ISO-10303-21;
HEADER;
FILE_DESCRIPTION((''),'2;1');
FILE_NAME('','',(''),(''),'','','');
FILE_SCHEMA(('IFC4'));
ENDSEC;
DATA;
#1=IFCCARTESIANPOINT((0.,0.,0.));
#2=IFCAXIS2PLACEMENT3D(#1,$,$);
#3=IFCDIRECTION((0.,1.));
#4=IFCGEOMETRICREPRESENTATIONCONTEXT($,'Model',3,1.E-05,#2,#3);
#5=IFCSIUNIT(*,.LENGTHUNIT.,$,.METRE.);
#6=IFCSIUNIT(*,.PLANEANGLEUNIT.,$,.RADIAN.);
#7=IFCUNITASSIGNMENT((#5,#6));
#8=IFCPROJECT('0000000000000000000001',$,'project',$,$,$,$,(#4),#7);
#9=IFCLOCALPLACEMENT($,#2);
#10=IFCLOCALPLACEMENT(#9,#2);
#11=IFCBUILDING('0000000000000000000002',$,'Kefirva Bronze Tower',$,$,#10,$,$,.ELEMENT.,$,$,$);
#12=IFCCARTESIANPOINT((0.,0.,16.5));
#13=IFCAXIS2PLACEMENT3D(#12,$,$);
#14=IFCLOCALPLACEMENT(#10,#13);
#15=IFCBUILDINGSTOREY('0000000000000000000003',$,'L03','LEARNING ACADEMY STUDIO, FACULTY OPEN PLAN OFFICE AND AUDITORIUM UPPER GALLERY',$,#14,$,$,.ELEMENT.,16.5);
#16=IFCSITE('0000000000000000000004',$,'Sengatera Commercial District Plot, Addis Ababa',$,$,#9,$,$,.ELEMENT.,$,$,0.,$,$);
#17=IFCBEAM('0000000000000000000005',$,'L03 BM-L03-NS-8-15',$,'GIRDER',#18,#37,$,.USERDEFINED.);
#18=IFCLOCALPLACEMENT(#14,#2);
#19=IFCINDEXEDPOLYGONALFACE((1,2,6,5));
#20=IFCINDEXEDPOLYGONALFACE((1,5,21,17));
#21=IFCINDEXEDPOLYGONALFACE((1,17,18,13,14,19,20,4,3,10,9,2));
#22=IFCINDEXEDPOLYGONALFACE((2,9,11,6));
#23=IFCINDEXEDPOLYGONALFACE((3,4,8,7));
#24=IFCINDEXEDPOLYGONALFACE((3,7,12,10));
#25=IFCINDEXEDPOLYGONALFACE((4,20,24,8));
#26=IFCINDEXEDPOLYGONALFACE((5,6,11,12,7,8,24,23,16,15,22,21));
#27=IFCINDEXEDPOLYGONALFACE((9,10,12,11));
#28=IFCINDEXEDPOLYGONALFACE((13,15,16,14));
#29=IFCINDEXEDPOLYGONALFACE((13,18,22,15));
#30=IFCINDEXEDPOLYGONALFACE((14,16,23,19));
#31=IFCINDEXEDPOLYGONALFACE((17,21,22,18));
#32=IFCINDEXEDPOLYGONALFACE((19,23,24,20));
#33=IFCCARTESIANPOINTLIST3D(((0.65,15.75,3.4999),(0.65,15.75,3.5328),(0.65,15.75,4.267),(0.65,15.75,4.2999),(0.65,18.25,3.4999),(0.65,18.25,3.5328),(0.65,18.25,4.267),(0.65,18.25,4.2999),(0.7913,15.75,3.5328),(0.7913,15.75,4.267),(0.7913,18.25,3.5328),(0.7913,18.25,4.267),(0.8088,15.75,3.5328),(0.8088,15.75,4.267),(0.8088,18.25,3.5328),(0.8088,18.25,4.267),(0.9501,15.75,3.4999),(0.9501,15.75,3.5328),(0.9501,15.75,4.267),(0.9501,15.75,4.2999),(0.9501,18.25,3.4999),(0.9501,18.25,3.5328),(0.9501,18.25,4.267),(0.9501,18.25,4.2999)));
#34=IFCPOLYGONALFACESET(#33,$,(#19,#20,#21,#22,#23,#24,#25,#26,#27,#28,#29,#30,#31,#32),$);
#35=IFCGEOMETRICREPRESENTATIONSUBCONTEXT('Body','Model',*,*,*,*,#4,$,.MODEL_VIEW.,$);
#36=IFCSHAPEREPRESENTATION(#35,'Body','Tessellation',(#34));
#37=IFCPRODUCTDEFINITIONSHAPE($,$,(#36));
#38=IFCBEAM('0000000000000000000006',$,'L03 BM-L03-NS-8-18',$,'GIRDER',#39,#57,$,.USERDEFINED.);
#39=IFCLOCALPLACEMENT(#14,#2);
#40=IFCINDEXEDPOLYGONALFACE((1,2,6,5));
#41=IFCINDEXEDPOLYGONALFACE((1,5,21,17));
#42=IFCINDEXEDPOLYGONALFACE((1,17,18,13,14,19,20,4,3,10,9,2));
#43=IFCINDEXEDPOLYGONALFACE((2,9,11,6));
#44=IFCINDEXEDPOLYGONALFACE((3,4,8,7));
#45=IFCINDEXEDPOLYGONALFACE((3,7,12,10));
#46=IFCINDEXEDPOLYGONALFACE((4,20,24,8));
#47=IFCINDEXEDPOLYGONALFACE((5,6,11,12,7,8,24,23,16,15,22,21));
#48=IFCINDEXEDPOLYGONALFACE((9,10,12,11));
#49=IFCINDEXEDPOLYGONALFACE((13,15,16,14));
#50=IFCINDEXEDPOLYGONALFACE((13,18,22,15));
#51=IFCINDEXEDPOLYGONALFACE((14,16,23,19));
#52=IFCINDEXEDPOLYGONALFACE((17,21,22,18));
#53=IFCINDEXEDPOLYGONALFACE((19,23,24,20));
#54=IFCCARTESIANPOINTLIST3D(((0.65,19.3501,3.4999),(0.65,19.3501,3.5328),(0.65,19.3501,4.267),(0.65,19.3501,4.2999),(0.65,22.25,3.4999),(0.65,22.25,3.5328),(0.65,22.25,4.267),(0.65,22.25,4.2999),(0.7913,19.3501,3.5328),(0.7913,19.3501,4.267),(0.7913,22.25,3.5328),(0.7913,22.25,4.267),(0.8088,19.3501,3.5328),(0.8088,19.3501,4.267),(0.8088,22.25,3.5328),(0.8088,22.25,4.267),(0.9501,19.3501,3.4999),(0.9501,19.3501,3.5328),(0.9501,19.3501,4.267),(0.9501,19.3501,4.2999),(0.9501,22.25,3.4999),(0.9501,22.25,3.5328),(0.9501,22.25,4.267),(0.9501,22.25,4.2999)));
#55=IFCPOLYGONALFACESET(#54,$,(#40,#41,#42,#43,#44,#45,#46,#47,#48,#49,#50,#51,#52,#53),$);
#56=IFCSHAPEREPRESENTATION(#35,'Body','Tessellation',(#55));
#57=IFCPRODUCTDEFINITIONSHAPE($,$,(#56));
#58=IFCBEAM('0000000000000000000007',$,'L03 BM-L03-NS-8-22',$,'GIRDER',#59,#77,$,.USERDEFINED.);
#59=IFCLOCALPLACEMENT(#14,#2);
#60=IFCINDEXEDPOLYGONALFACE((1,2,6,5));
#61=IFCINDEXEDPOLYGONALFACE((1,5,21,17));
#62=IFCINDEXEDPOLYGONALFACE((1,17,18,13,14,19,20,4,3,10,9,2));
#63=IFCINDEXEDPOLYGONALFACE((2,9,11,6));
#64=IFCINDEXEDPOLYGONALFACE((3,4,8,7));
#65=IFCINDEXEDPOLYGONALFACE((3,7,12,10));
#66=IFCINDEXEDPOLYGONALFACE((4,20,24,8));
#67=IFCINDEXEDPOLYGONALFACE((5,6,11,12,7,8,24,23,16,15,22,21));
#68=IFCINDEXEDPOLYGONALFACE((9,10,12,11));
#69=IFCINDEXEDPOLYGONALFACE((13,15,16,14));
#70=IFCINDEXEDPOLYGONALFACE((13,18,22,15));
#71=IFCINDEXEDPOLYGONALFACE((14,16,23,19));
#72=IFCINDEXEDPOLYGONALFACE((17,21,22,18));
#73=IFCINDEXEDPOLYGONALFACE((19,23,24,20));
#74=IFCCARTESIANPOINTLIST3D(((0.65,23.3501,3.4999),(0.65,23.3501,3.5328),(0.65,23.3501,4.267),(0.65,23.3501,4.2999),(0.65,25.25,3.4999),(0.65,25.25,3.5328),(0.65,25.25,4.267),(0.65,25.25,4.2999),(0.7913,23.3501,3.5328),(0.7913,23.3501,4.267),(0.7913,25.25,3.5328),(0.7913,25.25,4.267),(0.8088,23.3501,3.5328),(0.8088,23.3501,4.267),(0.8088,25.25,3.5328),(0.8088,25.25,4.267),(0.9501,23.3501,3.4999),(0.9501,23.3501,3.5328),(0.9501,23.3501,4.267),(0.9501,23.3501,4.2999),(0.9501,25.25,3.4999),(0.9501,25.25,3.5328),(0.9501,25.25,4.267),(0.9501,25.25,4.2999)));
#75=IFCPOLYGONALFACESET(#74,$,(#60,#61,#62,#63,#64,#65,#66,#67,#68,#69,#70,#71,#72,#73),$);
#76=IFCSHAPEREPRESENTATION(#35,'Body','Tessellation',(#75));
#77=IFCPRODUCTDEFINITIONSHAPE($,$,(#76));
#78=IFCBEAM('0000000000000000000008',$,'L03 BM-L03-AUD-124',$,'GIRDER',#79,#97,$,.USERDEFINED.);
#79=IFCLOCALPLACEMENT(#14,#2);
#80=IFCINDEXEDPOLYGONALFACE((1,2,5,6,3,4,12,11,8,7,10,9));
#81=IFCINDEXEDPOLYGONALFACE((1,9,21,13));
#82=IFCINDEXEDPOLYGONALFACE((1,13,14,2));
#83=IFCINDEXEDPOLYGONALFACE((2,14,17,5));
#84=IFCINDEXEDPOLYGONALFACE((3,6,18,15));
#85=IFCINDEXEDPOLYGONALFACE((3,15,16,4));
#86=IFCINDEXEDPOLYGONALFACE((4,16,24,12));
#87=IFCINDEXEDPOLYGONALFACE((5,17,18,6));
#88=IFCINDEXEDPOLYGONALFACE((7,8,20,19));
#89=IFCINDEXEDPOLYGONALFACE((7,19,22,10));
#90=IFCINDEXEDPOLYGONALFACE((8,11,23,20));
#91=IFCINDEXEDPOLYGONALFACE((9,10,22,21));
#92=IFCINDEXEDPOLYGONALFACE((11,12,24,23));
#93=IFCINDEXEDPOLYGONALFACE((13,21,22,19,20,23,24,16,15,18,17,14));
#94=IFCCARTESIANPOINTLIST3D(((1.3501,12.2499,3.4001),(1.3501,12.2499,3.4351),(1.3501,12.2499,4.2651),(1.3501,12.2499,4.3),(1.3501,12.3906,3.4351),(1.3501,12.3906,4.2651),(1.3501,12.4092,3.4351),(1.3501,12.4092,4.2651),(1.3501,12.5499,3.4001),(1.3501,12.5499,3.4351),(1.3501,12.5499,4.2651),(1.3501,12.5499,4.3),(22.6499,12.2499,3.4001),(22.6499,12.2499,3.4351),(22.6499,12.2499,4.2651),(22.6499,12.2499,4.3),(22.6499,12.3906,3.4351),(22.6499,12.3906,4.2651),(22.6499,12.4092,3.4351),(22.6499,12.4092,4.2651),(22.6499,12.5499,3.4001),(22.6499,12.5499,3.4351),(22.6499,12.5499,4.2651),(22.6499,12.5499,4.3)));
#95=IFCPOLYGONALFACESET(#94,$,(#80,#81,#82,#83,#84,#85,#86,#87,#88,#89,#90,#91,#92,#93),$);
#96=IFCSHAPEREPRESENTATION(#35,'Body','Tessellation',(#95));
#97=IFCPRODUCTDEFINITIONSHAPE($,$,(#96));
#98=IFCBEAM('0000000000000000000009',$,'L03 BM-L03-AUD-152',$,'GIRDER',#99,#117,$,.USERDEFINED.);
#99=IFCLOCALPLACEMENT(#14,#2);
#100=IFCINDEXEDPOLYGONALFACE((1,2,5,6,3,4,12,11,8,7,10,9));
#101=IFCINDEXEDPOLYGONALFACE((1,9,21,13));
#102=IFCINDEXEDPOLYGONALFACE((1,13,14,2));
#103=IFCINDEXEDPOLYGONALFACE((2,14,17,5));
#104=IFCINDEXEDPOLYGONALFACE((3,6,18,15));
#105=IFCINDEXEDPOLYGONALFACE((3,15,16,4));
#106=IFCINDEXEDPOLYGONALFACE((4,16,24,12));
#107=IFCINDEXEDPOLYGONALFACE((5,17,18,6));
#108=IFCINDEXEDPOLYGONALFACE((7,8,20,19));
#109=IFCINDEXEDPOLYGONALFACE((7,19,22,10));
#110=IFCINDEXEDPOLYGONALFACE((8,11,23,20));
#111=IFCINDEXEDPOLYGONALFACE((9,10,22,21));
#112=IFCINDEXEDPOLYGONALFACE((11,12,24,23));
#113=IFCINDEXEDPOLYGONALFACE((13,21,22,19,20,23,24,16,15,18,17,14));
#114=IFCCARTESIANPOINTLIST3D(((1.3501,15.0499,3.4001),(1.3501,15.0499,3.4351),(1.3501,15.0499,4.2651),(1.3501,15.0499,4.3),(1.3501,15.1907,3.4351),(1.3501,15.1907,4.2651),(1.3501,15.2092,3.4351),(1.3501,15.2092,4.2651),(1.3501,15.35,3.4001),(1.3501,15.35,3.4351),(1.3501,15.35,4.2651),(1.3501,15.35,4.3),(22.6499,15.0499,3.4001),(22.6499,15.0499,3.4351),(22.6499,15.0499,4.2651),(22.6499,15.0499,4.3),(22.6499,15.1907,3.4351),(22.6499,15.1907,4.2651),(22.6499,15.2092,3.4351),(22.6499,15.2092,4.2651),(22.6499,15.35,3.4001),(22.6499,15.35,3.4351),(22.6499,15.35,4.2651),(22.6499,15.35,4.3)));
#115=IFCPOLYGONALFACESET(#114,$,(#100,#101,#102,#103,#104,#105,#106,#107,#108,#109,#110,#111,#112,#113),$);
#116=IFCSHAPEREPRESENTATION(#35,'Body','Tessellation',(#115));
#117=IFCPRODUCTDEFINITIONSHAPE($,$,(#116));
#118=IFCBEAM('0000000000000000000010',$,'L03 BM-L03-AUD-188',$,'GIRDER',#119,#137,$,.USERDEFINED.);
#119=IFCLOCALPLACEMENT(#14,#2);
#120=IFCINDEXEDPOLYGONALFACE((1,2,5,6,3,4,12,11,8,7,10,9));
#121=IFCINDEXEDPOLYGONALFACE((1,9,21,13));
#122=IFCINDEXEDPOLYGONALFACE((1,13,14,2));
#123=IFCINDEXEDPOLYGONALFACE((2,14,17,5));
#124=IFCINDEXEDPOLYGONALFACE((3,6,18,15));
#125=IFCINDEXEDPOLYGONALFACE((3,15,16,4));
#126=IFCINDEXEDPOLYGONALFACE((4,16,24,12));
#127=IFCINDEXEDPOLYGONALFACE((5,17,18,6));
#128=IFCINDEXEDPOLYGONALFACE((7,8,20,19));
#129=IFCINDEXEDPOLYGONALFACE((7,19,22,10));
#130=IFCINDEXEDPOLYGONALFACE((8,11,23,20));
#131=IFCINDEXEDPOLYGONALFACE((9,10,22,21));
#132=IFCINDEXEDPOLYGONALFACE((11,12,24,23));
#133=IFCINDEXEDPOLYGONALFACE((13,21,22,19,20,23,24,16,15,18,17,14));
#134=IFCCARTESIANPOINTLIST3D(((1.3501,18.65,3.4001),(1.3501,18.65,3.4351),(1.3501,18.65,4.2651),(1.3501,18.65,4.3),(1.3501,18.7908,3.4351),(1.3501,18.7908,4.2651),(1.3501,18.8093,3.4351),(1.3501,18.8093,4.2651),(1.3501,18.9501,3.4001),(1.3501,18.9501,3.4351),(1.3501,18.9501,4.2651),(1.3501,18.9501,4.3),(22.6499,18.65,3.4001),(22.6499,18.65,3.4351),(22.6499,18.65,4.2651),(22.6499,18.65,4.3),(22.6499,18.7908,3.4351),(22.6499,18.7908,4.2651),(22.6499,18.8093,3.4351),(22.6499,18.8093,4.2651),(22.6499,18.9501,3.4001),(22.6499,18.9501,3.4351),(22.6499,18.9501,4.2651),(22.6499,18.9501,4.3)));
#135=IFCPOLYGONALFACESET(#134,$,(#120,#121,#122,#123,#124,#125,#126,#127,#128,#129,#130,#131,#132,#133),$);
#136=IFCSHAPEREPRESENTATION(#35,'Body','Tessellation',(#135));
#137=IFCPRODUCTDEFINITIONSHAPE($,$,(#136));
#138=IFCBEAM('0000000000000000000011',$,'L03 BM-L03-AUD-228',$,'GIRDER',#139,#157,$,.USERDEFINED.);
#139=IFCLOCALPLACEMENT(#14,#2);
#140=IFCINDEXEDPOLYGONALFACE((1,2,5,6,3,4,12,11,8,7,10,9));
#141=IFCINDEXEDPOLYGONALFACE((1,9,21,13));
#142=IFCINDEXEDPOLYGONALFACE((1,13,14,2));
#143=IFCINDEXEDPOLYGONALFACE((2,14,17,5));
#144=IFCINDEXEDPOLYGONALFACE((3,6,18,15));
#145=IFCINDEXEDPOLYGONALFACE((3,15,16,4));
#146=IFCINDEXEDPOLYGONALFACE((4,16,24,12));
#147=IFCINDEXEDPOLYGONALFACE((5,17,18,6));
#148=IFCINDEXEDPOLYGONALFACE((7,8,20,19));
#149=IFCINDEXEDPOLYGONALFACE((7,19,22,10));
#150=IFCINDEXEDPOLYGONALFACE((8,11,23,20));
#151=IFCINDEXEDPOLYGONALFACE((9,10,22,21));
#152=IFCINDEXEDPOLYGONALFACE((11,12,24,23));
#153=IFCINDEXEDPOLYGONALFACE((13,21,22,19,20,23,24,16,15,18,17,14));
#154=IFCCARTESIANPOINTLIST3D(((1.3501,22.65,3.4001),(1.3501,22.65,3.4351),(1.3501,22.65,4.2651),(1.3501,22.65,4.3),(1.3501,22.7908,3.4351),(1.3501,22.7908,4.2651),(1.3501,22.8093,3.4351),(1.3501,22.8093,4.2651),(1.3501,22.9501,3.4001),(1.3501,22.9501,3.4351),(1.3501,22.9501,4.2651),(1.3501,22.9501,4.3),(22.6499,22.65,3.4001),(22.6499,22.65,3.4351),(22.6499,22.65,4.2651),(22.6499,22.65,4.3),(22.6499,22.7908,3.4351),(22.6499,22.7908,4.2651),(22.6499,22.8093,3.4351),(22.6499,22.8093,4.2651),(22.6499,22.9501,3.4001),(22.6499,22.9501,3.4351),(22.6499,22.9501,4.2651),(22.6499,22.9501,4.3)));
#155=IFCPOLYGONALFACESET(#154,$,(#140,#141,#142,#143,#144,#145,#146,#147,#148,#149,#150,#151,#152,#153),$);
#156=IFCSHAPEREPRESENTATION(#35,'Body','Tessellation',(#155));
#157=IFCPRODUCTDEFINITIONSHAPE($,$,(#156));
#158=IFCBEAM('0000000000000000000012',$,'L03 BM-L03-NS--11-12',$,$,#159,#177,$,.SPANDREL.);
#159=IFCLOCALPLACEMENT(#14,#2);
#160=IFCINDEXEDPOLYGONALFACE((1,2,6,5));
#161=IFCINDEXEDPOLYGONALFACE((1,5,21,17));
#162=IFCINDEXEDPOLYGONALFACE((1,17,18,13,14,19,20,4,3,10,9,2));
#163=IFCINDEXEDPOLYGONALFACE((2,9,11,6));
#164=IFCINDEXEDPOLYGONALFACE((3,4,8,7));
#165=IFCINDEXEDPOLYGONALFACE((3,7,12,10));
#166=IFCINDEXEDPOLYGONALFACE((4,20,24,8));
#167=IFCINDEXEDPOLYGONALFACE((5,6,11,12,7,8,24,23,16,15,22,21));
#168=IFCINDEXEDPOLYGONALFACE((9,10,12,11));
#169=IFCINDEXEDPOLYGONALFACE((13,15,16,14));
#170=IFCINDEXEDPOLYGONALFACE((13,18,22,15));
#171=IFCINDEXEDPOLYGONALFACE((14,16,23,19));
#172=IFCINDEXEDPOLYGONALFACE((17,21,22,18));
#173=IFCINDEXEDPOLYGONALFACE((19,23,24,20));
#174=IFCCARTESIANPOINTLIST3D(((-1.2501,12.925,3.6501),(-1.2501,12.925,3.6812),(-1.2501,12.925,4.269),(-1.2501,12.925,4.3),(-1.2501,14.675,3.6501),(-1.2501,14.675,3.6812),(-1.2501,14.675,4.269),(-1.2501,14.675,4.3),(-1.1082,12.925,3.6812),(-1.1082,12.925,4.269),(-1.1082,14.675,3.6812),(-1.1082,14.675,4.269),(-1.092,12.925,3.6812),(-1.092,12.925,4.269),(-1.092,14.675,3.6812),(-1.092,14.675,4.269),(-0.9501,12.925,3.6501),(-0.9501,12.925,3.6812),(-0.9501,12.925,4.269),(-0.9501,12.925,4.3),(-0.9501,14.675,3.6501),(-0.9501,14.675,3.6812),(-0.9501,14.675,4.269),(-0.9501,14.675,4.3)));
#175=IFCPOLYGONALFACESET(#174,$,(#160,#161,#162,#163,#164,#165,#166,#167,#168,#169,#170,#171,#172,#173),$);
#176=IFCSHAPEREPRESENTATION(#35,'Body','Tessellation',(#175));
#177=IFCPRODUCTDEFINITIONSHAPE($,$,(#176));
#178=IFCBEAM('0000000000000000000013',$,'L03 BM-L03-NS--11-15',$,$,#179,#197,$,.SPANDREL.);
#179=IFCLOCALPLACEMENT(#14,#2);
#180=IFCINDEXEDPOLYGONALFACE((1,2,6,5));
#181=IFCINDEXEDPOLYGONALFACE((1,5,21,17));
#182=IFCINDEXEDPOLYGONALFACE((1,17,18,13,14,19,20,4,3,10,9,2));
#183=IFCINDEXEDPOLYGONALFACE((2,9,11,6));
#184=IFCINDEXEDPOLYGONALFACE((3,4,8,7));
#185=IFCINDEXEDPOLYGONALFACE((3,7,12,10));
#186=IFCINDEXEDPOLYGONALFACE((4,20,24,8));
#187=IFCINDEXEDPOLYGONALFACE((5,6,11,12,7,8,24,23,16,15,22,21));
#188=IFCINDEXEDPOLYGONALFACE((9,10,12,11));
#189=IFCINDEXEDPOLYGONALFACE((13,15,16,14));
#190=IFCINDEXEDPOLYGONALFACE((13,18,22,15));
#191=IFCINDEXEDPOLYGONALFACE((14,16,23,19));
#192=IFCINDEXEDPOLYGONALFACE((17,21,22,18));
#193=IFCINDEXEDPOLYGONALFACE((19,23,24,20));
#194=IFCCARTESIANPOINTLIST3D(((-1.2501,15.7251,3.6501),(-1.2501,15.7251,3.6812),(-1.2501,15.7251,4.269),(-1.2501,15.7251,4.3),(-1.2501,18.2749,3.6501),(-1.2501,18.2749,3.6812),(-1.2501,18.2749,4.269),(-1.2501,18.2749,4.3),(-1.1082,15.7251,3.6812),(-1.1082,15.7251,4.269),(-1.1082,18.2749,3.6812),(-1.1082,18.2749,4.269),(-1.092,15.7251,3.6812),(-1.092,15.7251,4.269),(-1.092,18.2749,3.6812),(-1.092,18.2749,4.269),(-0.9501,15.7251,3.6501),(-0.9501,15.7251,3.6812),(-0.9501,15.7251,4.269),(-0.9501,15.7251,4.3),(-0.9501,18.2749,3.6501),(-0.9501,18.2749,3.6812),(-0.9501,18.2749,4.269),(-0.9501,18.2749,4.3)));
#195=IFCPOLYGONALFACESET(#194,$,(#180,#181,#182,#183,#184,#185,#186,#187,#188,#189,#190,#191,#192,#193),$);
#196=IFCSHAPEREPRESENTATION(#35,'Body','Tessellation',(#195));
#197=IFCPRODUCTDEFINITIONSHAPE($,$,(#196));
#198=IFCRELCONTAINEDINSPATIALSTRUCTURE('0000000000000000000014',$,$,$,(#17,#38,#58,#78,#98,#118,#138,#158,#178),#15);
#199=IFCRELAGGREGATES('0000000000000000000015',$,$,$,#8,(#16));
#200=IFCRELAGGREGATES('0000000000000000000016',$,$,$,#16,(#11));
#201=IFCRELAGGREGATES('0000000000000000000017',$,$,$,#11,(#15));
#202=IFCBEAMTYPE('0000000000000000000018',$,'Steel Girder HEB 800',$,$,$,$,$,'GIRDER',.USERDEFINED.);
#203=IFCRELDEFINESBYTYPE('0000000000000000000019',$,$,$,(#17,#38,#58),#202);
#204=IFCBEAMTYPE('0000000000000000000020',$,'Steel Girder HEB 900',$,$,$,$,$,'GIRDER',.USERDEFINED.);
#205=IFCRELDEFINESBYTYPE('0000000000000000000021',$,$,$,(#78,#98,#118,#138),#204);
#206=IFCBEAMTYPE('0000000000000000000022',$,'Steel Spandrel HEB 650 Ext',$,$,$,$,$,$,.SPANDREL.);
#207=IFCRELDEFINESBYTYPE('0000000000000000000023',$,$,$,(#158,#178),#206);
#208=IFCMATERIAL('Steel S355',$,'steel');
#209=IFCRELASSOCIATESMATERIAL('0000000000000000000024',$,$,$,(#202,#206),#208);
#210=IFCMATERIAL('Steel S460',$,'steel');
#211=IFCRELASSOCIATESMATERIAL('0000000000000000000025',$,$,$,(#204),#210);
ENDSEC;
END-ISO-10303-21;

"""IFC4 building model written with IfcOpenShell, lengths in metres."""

from ifc_helpers import new_model, si_unit, direction, frame, origin, origin_2d, place, context, subcontext, project, spatial, i_section, extrude, material, material_profile, profile_set, type_object, element, save


model = new_model("IFC4")

# Units and contexts
model_context = context("Model", 3, precision=1e-05, world=origin(), true_north=direction((0.0, 1.0)))
body_context = subcontext(model_context, "Body", "Model", "MODEL_VIEW")
ifc_project = project(units=[si_unit("LENGTHUNIT", "METRE"), si_unit("PLANEANGLEUNIT", "RADIAN")], contexts=[model_context])

# Site, building, storey
site_placement = place(None, origin())
site = spatial("IfcSite", under=ifc_project, at=site_placement, Name="Sengatera Commercial District Plot, Addis Ababa", CompositionType="ELEMENT", RefElevation=0.0)
building_placement = place(site_placement, origin())
building = spatial("IfcBuilding", under=site, at=building_placement, Name="Kefirva Bronze Tower", CompositionType="ELEMENT")
storey_placement = place(building_placement, frame((0.0, 0.0, 16.5)))
storey = spatial("IfcBuildingStorey", under=building, at=storey_placement, Name="L03", Description="LEARNING ACADEMY STUDIO, FACULTY OPEN PLAN OFFICE AND AUDITORIUM UPPER GALLERY", CompositionType="ELEMENT", Elevation=16.5)

# Beams
ifc_material_1 = material(Name="Steel S355", Category="steel")
ifc_material_profile_1 = material_profile(ifc_material_1, i_section(OverallWidth=0.3, OverallDepth=0.8, WebThickness=0.0176, FlangeThickness=0.033, at=origin_2d()), Name="HEB 800")
ifc_profile_set_1 = profile_set([ifc_material_profile_1], Name="Steel S355")
beam_type_1 = type_object("IfcBeamType", Name="Steel Girder HEB 800", ElementType="GIRDER", PredefinedType="USERDEFINED", material=ifc_profile_set_1)
beam_1_placement = place(storey_placement, frame((0.8, 15.75, 3.8999), z_axis=(0.0, 1.0, 0.0), x_axis=(-1.0, 0.0, 0.0)))
element("IfcBeam", 1, at=beam_1_placement, inside=storey, type_object=beam_type_1, Name="L03 BM-L03-NS-8-15", ObjectType="GIRDER", PredefinedType="USERDEFINED", context=body_context, shape_type="SweptSolid", body=[
    extrude(i_section(OverallWidth=0.3, OverallDepth=0.8, WebThickness=0.0176, FlangeThickness=0.033, at=origin_2d()), origin(), (0.0, 0.0, 1.0), 2.5),
])
beam_2_placement = place(storey_placement, frame((0.8, 19.3501, 3.8999), z_axis=(0.0, 1.0, 0.0), x_axis=(-1.0, 0.0, 0.0)))
element("IfcBeam", 2, at=beam_2_placement, inside=storey, type_object=beam_type_1, Name="L03 BM-L03-NS-8-18", ObjectType="GIRDER", PredefinedType="USERDEFINED", context=body_context, shape_type="SweptSolid", body=[
    extrude(i_section(OverallWidth=0.3, OverallDepth=0.8, WebThickness=0.0176, FlangeThickness=0.033, at=origin_2d()), origin(), (0.0, 0.0, 1.0), 2.8999),
])
beam_3_placement = place(storey_placement, frame((0.8, 23.3501, 3.8999), z_axis=(0.0, 1.0, 0.0), x_axis=(-1.0, 0.0, 0.0)))
element("IfcBeam", 3, at=beam_3_placement, inside=storey, type_object=beam_type_1, Name="L03 BM-L03-NS-8-22", ObjectType="GIRDER", PredefinedType="USERDEFINED", context=body_context, shape_type="SweptSolid", body=[
    extrude(i_section(OverallWidth=0.3, OverallDepth=0.8, WebThickness=0.0176, FlangeThickness=0.033, at=origin_2d()), origin(), (0.0, 0.0, 1.0), 1.8999),
])
ifc_material_2 = material(Name="Steel S460", Category="steel")
ifc_material_profile_2 = material_profile(ifc_material_2, i_section(OverallWidth=0.3, OverallDepth=0.8999, WebThickness=0.0186, FlangeThickness=0.0349, at=origin_2d()), Name="HEB 900")
ifc_profile_set_2 = profile_set([ifc_material_profile_2], Name="Steel S460")
beam_type_2 = type_object("IfcBeamType", Name="Steel Girder HEB 900", ElementType="GIRDER", PredefinedType="USERDEFINED", material=ifc_profile_set_2)
for number, where, z_axis, x_axis, name in (
    (4, (1.3501, 12.3999, 3.8501), (1.0, 0.0, 0.0), (0.0, 1.0, 0.0), "L03 BM-L03-AUD-124"),
    (5, (1.3501, 15.2, 3.8501), (1.0, 0.0, 0.0), (0.0, 1.0, 0.0), "L03 BM-L03-AUD-152"),
    (6, (1.3501, 18.8, 3.8501), (1.0, 0.0, 0.0), (0.0, 1.0, 0.0), "L03 BM-L03-AUD-188"),
    (7, (1.3501, 22.8, 3.8501), (1.0, 0.0, 0.0), (0.0, 1.0, 0.0), "L03 BM-L03-AUD-228"),
):
    element("IfcBeam", number, at=place(storey_placement, frame(where, z_axis=z_axis, x_axis=x_axis)), inside=storey, type_object=beam_type_2, Name=name, ObjectType="GIRDER", PredefinedType="USERDEFINED", context=body_context, shape_type="SweptSolid", body=[
        extrude(i_section(OverallWidth=0.3, OverallDepth=0.8999, WebThickness=0.0186, FlangeThickness=0.0349, at=origin_2d()), origin(), (0.0, 0.0, 1.0), 21.2998),
    ])
ifc_material_profile_3 = material_profile(ifc_material_1, i_section(OverallWidth=0.3, OverallDepth=0.6499, WebThickness=0.0161, FlangeThickness=0.031, at=origin_2d()), Name="HEB 650")
ifc_profile_set_3 = profile_set([ifc_material_profile_3], Name="Steel S355")
beam_type_3 = type_object("IfcBeamType", Name="Steel Spandrel HEB 650 Ext", PredefinedType="SPANDREL", material=ifc_profile_set_3)
beam_4_placement = place(storey_placement, frame((-1.1001, 12.925, 3.9751), z_axis=(0.0, 1.0, 0.0), x_axis=(-1.0, 0.0, 0.0)))
element("IfcBeam", 8, at=beam_4_placement, inside=storey, type_object=beam_type_3, Name="L03 BM-L03-NS--11-12", PredefinedType="SPANDREL", context=body_context, shape_type="SweptSolid", body=[
    extrude(i_section(OverallWidth=0.3, OverallDepth=0.6499, WebThickness=0.0161, FlangeThickness=0.031, at=origin_2d()), origin(), (0.0, 0.0, 1.0), 1.75),
])
beam_5_placement = place(storey_placement, frame((-1.1001, 15.7251, 3.9751), z_axis=(0.0, 1.0, 0.0), x_axis=(-1.0, 0.0, 0.0)))
element("IfcBeam", 9, at=beam_5_placement, inside=storey, type_object=beam_type_3, Name="L03 BM-L03-NS--11-15", PredefinedType="SPANDREL", context=body_context, shape_type="SweptSolid", body=[
    extrude(i_section(OverallWidth=0.3, OverallDepth=0.6499, WebThickness=0.0161, FlangeThickness=0.031, at=origin_2d()), origin(), (0.0, 0.0, 1.0), 2.5498),
])

save(model, "model.ifc")
